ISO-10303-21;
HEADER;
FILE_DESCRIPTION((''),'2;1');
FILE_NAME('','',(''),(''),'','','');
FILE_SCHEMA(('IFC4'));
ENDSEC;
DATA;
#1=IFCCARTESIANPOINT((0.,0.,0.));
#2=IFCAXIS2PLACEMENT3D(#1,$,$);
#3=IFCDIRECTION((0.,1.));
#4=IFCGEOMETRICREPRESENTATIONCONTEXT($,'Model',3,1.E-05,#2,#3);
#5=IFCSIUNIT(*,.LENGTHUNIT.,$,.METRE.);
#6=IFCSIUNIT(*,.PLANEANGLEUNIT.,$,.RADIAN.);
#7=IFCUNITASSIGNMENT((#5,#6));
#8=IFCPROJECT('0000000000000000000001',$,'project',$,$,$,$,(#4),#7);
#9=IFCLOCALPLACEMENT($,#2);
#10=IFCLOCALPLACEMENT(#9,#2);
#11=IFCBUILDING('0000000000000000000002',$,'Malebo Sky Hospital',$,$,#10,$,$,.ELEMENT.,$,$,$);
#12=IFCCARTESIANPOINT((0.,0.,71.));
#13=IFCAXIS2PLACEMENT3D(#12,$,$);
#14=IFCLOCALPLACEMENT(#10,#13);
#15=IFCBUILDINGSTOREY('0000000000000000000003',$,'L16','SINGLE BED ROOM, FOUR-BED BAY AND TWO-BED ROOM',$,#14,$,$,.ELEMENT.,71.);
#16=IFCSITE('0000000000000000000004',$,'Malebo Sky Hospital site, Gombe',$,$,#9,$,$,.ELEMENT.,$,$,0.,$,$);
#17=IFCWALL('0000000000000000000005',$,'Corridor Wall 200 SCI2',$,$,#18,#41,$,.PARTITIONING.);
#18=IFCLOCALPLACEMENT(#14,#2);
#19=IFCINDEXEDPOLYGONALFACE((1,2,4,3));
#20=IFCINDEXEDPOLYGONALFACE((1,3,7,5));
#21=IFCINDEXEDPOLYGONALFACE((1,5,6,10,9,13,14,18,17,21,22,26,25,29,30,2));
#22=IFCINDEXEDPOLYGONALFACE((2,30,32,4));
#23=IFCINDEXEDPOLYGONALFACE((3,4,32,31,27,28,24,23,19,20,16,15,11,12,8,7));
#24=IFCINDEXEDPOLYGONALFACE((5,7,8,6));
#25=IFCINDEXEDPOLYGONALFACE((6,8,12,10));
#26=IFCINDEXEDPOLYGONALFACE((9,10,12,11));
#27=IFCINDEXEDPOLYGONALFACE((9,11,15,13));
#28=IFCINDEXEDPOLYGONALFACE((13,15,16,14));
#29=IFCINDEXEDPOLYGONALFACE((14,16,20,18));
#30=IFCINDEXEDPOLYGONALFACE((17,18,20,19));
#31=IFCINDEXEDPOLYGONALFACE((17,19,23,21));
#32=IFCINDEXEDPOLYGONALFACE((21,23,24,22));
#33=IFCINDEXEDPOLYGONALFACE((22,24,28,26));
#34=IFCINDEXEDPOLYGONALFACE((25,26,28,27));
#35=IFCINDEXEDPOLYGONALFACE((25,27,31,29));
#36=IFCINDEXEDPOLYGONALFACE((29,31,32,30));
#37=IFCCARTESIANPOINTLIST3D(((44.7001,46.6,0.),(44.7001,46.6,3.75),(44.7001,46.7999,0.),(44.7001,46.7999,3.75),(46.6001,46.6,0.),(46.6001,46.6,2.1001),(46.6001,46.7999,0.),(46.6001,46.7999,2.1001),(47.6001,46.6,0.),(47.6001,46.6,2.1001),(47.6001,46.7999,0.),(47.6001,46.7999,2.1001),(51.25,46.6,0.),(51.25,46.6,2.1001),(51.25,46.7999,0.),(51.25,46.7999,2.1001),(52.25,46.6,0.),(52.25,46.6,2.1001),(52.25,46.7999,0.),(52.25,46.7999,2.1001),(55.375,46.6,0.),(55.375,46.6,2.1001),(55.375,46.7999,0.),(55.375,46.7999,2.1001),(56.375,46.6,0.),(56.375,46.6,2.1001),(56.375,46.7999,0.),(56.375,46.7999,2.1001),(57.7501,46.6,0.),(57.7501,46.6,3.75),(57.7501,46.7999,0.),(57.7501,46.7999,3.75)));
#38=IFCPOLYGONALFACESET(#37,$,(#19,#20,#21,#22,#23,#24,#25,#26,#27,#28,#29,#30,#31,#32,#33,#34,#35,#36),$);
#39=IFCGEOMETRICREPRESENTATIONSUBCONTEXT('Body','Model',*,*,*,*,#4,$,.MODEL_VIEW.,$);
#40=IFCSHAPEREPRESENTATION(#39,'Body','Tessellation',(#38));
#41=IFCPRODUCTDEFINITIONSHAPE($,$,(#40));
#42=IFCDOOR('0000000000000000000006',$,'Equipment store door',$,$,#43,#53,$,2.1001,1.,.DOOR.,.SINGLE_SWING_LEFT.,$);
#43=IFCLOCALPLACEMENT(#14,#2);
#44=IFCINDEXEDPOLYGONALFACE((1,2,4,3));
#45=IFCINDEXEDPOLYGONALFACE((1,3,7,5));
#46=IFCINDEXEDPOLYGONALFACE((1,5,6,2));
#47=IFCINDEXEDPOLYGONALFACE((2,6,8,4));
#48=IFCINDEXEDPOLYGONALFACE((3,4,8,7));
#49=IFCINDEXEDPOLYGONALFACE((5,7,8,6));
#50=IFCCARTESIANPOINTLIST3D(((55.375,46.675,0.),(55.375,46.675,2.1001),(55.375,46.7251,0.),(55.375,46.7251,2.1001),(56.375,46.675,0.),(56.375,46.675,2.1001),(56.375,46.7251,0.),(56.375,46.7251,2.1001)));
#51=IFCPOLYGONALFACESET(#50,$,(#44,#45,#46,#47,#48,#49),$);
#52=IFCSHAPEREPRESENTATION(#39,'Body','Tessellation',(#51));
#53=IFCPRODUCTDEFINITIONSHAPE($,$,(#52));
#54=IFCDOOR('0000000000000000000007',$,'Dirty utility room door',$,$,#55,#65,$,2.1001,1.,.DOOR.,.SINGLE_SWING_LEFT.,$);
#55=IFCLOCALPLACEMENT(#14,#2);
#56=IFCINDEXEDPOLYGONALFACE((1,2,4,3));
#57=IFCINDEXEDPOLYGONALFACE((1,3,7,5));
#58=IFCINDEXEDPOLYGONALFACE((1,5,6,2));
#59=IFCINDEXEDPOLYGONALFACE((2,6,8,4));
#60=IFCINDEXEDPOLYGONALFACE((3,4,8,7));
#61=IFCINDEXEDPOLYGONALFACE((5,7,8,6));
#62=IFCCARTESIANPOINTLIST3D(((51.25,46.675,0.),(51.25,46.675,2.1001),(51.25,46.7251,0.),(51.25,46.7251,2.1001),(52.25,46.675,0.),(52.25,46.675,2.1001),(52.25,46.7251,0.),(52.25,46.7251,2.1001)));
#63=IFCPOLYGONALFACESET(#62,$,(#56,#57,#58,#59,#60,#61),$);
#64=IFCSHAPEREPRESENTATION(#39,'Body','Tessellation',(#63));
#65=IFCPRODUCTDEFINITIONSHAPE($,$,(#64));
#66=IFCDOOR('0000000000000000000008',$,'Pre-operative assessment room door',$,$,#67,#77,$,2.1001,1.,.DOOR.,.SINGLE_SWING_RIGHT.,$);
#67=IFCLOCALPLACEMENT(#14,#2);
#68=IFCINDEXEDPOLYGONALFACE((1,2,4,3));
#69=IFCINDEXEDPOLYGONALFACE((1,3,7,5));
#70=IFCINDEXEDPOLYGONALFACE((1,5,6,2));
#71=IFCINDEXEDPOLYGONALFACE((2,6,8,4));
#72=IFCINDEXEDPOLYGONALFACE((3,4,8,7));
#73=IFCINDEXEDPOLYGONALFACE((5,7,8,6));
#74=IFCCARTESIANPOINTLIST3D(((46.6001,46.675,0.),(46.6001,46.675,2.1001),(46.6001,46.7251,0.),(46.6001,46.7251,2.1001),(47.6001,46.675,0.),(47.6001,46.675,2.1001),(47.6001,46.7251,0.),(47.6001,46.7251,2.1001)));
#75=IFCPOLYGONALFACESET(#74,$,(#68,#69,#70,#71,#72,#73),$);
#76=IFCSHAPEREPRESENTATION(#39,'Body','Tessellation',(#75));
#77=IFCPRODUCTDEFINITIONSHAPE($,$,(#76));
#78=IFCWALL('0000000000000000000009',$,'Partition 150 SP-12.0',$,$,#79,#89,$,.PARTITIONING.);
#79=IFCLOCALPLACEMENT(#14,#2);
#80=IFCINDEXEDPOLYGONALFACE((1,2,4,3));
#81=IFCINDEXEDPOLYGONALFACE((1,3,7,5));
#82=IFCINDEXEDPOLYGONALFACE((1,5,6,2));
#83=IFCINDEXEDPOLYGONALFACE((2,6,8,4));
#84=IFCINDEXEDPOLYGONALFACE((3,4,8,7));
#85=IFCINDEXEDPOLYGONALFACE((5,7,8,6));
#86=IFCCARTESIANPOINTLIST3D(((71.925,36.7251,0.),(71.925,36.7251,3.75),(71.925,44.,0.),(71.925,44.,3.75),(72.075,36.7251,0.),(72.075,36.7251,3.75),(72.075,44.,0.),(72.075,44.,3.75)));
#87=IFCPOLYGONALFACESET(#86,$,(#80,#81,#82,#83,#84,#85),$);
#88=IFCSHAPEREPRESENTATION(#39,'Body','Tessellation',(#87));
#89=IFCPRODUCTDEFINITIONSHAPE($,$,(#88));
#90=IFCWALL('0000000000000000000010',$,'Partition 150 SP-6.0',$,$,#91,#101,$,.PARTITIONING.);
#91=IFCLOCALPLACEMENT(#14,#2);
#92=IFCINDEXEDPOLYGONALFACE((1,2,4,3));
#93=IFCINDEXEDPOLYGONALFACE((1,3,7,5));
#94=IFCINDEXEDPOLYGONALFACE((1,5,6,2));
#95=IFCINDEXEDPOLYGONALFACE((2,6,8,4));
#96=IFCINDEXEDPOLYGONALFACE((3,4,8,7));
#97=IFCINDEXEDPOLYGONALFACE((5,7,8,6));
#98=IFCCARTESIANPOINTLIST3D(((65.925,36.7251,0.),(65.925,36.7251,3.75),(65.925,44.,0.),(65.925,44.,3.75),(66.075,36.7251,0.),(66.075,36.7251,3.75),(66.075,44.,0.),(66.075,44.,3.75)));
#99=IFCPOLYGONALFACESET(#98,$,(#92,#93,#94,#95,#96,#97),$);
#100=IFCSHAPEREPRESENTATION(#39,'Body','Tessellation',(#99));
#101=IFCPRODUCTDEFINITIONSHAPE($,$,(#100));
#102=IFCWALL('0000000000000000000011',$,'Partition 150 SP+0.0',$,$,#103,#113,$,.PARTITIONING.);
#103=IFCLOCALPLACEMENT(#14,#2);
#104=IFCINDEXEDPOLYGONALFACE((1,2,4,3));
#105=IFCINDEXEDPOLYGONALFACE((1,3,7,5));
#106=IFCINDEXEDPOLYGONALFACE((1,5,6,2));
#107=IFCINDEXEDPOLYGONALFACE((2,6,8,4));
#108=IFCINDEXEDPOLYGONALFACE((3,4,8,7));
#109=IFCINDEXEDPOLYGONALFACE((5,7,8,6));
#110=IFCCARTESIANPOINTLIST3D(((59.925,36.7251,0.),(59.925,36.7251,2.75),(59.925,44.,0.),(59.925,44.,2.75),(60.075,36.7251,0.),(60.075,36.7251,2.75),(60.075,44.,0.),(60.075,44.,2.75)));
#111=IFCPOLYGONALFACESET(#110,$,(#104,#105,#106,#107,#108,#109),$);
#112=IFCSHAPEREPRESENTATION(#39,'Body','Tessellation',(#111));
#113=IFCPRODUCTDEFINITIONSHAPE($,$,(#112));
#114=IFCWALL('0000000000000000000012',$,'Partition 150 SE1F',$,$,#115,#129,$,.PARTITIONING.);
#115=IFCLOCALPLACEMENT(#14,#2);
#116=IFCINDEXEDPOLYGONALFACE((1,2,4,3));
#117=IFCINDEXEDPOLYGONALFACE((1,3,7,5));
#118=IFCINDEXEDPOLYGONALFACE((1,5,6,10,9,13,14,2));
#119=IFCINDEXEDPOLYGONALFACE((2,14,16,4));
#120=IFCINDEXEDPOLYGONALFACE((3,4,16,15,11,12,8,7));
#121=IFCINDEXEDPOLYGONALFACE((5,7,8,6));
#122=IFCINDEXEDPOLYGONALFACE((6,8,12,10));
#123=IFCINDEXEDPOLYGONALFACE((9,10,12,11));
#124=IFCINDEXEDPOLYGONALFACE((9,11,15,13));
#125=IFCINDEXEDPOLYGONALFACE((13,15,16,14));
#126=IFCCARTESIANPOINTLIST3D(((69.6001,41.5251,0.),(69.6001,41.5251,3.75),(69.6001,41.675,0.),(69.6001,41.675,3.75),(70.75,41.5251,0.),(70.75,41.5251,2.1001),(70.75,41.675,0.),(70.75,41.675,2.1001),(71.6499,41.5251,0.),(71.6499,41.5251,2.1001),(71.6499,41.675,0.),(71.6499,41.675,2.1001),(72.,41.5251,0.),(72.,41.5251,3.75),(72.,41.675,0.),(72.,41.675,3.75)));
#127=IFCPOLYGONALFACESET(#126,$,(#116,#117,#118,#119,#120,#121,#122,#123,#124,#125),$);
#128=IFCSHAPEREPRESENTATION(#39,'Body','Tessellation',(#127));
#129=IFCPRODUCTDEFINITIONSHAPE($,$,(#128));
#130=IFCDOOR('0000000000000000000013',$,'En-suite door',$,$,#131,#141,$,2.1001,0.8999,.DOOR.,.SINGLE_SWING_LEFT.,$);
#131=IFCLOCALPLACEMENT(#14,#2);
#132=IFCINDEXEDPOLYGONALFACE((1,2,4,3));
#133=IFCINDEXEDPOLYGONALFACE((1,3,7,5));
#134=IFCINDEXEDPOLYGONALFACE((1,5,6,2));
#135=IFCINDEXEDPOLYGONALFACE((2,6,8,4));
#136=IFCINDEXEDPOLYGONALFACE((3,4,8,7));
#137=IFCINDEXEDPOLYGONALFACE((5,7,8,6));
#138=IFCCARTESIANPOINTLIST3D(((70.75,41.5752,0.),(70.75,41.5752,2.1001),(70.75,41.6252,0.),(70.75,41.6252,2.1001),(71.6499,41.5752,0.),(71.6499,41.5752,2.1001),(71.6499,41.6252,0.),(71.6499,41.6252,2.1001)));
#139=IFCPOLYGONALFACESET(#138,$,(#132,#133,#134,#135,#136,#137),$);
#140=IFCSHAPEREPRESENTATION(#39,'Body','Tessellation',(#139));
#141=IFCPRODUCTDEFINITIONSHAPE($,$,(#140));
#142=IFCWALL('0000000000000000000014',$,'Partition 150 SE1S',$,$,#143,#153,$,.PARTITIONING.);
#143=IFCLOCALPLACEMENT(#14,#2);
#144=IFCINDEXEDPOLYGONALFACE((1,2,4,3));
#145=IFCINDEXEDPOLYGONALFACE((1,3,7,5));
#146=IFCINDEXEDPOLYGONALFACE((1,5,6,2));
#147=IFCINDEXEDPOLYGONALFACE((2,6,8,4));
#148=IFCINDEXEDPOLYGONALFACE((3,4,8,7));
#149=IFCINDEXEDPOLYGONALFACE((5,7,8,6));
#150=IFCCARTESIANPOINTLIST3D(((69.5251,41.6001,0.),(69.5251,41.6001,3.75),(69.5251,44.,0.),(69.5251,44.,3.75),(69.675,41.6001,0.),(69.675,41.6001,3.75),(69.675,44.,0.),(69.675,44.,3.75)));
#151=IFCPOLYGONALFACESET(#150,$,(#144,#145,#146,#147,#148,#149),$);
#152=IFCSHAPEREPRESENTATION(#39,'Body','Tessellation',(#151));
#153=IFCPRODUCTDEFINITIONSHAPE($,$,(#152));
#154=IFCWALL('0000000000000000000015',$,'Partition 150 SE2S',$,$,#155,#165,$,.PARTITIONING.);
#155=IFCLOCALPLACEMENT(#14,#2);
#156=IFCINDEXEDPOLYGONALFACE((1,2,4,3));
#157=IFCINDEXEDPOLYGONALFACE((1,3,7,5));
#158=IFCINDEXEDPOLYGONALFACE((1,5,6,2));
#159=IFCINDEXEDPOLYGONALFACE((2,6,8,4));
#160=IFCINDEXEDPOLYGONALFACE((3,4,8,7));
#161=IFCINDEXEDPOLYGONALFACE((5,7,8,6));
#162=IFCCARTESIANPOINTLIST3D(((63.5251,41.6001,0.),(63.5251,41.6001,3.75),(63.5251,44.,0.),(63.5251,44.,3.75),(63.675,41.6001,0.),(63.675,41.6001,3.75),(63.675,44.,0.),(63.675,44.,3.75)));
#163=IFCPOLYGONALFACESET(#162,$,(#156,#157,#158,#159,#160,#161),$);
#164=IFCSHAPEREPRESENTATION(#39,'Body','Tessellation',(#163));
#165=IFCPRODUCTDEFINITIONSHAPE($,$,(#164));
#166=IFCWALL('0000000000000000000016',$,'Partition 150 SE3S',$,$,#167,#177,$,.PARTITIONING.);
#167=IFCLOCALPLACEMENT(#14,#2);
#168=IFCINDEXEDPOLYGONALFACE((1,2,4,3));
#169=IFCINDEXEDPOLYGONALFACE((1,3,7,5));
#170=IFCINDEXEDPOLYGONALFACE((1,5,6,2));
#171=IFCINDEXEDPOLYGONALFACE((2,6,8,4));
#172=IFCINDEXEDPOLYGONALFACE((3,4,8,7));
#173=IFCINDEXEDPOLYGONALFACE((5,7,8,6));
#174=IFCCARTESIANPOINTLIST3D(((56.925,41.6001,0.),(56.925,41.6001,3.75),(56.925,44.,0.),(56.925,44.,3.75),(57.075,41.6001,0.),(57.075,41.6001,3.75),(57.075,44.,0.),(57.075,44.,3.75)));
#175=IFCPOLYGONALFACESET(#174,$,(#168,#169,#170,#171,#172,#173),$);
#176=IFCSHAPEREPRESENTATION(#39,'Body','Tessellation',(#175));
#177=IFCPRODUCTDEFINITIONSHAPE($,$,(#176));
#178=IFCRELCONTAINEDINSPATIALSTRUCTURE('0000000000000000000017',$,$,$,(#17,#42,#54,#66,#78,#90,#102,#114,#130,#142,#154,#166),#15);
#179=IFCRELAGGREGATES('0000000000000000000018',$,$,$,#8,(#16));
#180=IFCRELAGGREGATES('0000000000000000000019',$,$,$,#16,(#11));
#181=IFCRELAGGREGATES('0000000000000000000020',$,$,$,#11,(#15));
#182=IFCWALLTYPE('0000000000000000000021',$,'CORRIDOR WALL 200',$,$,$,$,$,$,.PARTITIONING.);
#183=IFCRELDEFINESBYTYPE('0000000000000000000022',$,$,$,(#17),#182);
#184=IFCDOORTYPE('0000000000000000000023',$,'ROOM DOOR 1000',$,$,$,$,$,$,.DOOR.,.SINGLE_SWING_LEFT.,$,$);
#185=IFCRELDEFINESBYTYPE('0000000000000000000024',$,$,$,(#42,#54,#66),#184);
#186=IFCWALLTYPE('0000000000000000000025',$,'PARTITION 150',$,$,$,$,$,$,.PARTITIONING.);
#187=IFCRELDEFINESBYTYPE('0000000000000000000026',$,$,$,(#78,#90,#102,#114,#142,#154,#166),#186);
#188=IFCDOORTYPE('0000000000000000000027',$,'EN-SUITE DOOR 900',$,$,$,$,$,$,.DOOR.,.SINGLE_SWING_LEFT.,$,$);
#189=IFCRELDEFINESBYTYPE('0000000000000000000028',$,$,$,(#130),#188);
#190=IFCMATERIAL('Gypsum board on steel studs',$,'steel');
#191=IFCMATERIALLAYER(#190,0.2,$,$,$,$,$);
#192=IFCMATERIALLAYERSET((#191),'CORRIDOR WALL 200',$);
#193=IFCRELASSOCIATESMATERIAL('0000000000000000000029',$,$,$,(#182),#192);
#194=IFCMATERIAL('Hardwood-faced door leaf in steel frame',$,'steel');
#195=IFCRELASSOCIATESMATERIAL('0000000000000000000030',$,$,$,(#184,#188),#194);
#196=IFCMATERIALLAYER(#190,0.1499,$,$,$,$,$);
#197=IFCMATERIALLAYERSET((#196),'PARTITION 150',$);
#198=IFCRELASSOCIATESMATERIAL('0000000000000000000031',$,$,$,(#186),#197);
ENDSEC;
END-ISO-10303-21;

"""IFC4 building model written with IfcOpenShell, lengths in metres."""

from ifc_helpers import new_model, si_unit, direction, frame, frame_2d, origin, place, context, subcontext, project, spatial, rectangle, extrude, material, layer, layer_set, type_object, element, fill, save


model = new_model("IFC4")

# Units and contexts
model_context = context("Model", 3, precision=1e-05, world=origin(), true_north=direction((0.0, 1.0)))
body_context = subcontext(model_context, "Body", "Model", "MODEL_VIEW")
ifc_project = project(units=[si_unit("LENGTHUNIT", "METRE"), si_unit("PLANEANGLEUNIT", "RADIAN")], contexts=[model_context])

# Site, building, storey
site_placement = place(None, origin())
site = spatial("IfcSite", under=ifc_project, at=site_placement, Name="Malebo Sky Hospital site, Gombe", CompositionType="ELEMENT", RefElevation=0.0)
building_placement = place(site_placement, origin())
building = spatial("IfcBuilding", under=site, at=building_placement, Name="Malebo Sky Hospital", CompositionType="ELEMENT")
storey_placement = place(building_placement, frame((0.0, 0.0, 71.0)))
storey = spatial("IfcBuildingStorey", under=building, at=storey_placement, Name="L16", Description="SINGLE BED ROOM, FOUR-BED BAY AND TWO-BED ROOM", CompositionType="ELEMENT", Elevation=71.0)

# Wall, openings, doors
ifc_material_1 = material(Name="Gypsum board on steel studs", Category="steel")
ifc_layer_1 = layer(ifc_material_1, 0.2)
ifc_layer_set_1 = layer_set([ifc_layer_1], Name="CORRIDOR WALL 200")
wall_type_1 = type_object("IfcWallType", Name="CORRIDOR WALL 200", PredefinedType="PARTITIONING", material=ifc_layer_set_1)
wall_1_placement = place(storey_placement, frame((57.75, 46.7, 0.0), z_axis=(0.0, 0.0, 1.0), x_axis=(-1.0, 0.0, 0.0)))
wall_1 = element("IfcWall", 1, at=wall_1_placement, inside=storey, type_object=wall_type_1, Name="Corridor Wall 200 SCI2", PredefinedType="PARTITIONING", context=body_context, shape_type="SweptSolid", body=[
    extrude(rectangle(XDim=13.05, YDim=0.2, at=frame_2d((6.5249, 0.0))), origin(), (0.0, 0.0, 1.0), 3.75),
])
opening_1_placement = place(wall_1_placement, frame((1.375, 0.0, 0.0)))
opening_1 = element("IfcOpeningElement", 2, at=opening_1_placement, cuts=wall_1, PredefinedType="OPENING", context=body_context, shape_type="SweptSolid", body=[
    extrude(rectangle(XDim=1.0, YDim=2.1001, at=frame_2d((0.5, 1.05))), frame((0.0, 0.1099, 0.0), z_axis=(0.0, -1.0, 0.0), x_axis=(1.0, 0.0, 0.0)), (0.0, 0.0, 1.0), 0.22),
])
opening_2_placement = place(wall_1_placement, frame((5.5, 0.0, 0.0)))
opening_2 = element("IfcOpeningElement", 3, at=opening_2_placement, cuts=wall_1, PredefinedType="OPENING", context=body_context, shape_type="SweptSolid", body=[
    extrude(rectangle(XDim=1.0, YDim=2.1001, at=frame_2d((0.5, 1.05))), frame((0.0, 0.1099, 0.0), z_axis=(0.0, -1.0, 0.0), x_axis=(1.0, 0.0, 0.0)), (0.0, 0.0, 1.0), 0.22),
])
opening_3_placement = place(wall_1_placement, frame((10.1499, 0.0, 0.0)))
opening_3 = element("IfcOpeningElement", 4, at=opening_3_placement, cuts=wall_1, PredefinedType="OPENING", context=body_context, shape_type="SweptSolid", body=[
    extrude(rectangle(XDim=1.0, YDim=2.1001, at=frame_2d((0.5, 1.05))), frame((0.0, 0.1099, 0.0), z_axis=(0.0, -1.0, 0.0), x_axis=(1.0, 0.0, 0.0)), (0.0, 0.0, 1.0), 0.22),
])
ifc_material_2 = material(Name="Hardwood-faced door leaf in steel frame", Category="steel")
door_type_1 = type_object("IfcDoorType", Name="ROOM DOOR 1000", OperationType="SINGLE_SWING_LEFT", PredefinedType="DOOR", material=ifc_material_2)
door_1_placement = place(opening_1_placement, origin())
door_1 = element("IfcDoor", 5, at=door_1_placement, inside=storey, type_object=door_type_1, Name="Equipment store door", OperationType="SINGLE_SWING_LEFT", OverallHeight=2.1001, OverallWidth=1.0, PredefinedType="DOOR", context=body_context, shape_type="SweptSolid", body=[
    extrude(rectangle(XDim=1.0, YDim=2.1001, at=frame_2d((0.5, 1.05))), frame((0.0, 0.0249, 0.0), z_axis=(0.0, -1.0, 0.0), x_axis=(1.0, 0.0, 0.0)), (0.0, 0.0, 1.0), 0.05),
])
fill(opening_1, door_1)
door_2_placement = place(opening_2_placement, origin())
door_2 = element("IfcDoor", 6, at=door_2_placement, inside=storey, type_object=door_type_1, Name="Dirty utility room door", OperationType="SINGLE_SWING_LEFT", OverallHeight=2.1001, OverallWidth=1.0, PredefinedType="DOOR", context=body_context, shape_type="SweptSolid", body=[
    extrude(rectangle(XDim=1.0, YDim=2.1001, at=frame_2d((0.5, 1.05))), frame((0.0, 0.0249, 0.0), z_axis=(0.0, -1.0, 0.0), x_axis=(1.0, 0.0, 0.0)), (0.0, 0.0, 1.0), 0.05),
])
fill(opening_2, door_2)
door_3_placement = place(opening_3_placement, origin())
door_3 = element("IfcDoor", 7, at=door_3_placement, inside=storey, type_object=door_type_1, Name="Pre-operative assessment room door", OperationType="SINGLE_SWING_RIGHT", OverallHeight=2.1001, OverallWidth=1.0, PredefinedType="DOOR", context=body_context, shape_type="SweptSolid", body=[
    extrude(rectangle(XDim=1.0, YDim=2.1001, at=frame_2d((0.5, 1.05))), frame((0.0, 0.0249, 0.0), z_axis=(0.0, -1.0, 0.0), x_axis=(1.0, 0.0, 0.0)), (0.0, 0.0, 1.0), 0.05),
])
fill(opening_3, door_3)

# Walls
ifc_layer_2 = layer(ifc_material_1, 0.1499)
ifc_layer_set_2 = layer_set([ifc_layer_2], Name="PARTITION 150")
wall_type_2 = type_object("IfcWallType", Name="PARTITION 150", PredefinedType="PARTITIONING", material=ifc_layer_set_2)
for number, where, z_axis, x_axis, name in (
    (8, (72.0, 44.0, 0.0), (0.0, 0.0, 1.0), (0.0, -1.0, 0.0), "Partition 150 SP-12.0"),
    (9, (66.0, 44.0, 0.0), (0.0, 0.0, 1.0), (0.0, -1.0, 0.0), "Partition 150 SP-6.0"),
):
    element("IfcWall", number, at=place(storey_placement, frame(where, z_axis=z_axis, x_axis=x_axis)), inside=storey, type_object=wall_type_2, Name=name, PredefinedType="PARTITIONING", context=body_context, shape_type="SweptSolid", body=[
        extrude(rectangle(XDim=7.2749, YDim=0.1499, at=frame_2d((3.6375, 0.0))), origin(), (0.0, 0.0, 1.0), 3.75),
    ])
wall_2_placement = place(storey_placement, frame((60.0, 44.0, 0.0), z_axis=(0.0, 0.0, 1.0), x_axis=(0.0, -1.0, 0.0)))
element("IfcWall", 10, at=wall_2_placement, inside=storey, type_object=wall_type_2, Name="Partition 150 SP+0.0", PredefinedType="PARTITIONING", context=body_context, shape_type="SweptSolid", body=[
    extrude(rectangle(XDim=7.2749, YDim=0.1499, at=frame_2d((3.6375, 0.0))), origin(), (0.0, 0.0, 1.0), 2.75),
])

# Wall, opening, door
wall_3_placement = place(storey_placement, frame((72.0, 41.6001, 0.0), z_axis=(0.0, 0.0, 1.0), x_axis=(-1.0, 0.0, 0.0)))
wall_3 = element("IfcWall", 11, at=wall_3_placement, inside=storey, type_object=wall_type_2, Name="Partition 150 SE1F", PredefinedType="PARTITIONING", context=body_context, shape_type="SweptSolid", body=[
    extrude(rectangle(XDim=2.3999, YDim=0.1499, at=frame_2d((1.2, 0.0))), origin(), (0.0, 0.0, 1.0), 3.75),
])
opening_4_placement = place(wall_3_placement, frame((0.3501, 0.0, 0.0)))
opening_4 = element("IfcOpeningElement", 12, at=opening_4_placement, cuts=wall_3, PredefinedType="OPENING", context=body_context, shape_type="SweptSolid", body=[
    extrude(rectangle(XDim=0.8999, YDim=2.1001, at=frame_2d((0.45, 1.05))), frame((0.0, 0.085, 0.0), z_axis=(0.0, -1.0, 0.0), x_axis=(1.0, 0.0, 0.0)), (0.0, 0.0, 1.0), 0.1699),
])
door_type_2 = type_object("IfcDoorType", Name="EN-SUITE DOOR 900", OperationType="SINGLE_SWING_LEFT", PredefinedType="DOOR", material=ifc_material_2)
door_4_placement = place(opening_4_placement, origin())
door_4 = element("IfcDoor", 13, at=door_4_placement, inside=storey, type_object=door_type_2, Name="En-suite door", OperationType="SINGLE_SWING_LEFT", OverallHeight=2.1001, OverallWidth=0.8999, PredefinedType="DOOR", context=body_context, shape_type="SweptSolid", body=[
    extrude(rectangle(XDim=0.8999, YDim=2.1001, at=frame_2d((0.45, 1.05))), frame((0.0, 0.0249, 0.0), z_axis=(0.0, -1.0, 0.0), x_axis=(1.0, 0.0, 0.0)), (0.0, 0.0, 1.0), 0.05),
])
fill(opening_4, door_4)

# Walls
for number, where, z_axis, x_axis, name in (
    (14, (69.6001, 44.0, 0.0), (0.0, 0.0, 1.0), (0.0, -1.0, 0.0), "Partition 150 SE1S"),
    (15, (63.6001, 44.0, 0.0), (0.0, 0.0, 1.0), (0.0, -1.0, 0.0), "Partition 150 SE2S"),
    (16, (57.0, 44.0, 0.0), (0.0, 0.0, 1.0), (0.0, -1.0, 0.0), "Partition 150 SE3S"),
):
    element("IfcWall", number, at=place(storey_placement, frame(where, z_axis=z_axis, x_axis=x_axis)), inside=storey, type_object=wall_type_2, Name=name, PredefinedType="PARTITIONING", context=body_context, shape_type="SweptSolid", body=[
        extrude(rectangle(XDim=2.3999, YDim=0.1499, at=frame_2d((1.2, 0.0))), origin(), (0.0, 0.0, 1.0), 3.75),
    ])

save(model, "model.ifc")
